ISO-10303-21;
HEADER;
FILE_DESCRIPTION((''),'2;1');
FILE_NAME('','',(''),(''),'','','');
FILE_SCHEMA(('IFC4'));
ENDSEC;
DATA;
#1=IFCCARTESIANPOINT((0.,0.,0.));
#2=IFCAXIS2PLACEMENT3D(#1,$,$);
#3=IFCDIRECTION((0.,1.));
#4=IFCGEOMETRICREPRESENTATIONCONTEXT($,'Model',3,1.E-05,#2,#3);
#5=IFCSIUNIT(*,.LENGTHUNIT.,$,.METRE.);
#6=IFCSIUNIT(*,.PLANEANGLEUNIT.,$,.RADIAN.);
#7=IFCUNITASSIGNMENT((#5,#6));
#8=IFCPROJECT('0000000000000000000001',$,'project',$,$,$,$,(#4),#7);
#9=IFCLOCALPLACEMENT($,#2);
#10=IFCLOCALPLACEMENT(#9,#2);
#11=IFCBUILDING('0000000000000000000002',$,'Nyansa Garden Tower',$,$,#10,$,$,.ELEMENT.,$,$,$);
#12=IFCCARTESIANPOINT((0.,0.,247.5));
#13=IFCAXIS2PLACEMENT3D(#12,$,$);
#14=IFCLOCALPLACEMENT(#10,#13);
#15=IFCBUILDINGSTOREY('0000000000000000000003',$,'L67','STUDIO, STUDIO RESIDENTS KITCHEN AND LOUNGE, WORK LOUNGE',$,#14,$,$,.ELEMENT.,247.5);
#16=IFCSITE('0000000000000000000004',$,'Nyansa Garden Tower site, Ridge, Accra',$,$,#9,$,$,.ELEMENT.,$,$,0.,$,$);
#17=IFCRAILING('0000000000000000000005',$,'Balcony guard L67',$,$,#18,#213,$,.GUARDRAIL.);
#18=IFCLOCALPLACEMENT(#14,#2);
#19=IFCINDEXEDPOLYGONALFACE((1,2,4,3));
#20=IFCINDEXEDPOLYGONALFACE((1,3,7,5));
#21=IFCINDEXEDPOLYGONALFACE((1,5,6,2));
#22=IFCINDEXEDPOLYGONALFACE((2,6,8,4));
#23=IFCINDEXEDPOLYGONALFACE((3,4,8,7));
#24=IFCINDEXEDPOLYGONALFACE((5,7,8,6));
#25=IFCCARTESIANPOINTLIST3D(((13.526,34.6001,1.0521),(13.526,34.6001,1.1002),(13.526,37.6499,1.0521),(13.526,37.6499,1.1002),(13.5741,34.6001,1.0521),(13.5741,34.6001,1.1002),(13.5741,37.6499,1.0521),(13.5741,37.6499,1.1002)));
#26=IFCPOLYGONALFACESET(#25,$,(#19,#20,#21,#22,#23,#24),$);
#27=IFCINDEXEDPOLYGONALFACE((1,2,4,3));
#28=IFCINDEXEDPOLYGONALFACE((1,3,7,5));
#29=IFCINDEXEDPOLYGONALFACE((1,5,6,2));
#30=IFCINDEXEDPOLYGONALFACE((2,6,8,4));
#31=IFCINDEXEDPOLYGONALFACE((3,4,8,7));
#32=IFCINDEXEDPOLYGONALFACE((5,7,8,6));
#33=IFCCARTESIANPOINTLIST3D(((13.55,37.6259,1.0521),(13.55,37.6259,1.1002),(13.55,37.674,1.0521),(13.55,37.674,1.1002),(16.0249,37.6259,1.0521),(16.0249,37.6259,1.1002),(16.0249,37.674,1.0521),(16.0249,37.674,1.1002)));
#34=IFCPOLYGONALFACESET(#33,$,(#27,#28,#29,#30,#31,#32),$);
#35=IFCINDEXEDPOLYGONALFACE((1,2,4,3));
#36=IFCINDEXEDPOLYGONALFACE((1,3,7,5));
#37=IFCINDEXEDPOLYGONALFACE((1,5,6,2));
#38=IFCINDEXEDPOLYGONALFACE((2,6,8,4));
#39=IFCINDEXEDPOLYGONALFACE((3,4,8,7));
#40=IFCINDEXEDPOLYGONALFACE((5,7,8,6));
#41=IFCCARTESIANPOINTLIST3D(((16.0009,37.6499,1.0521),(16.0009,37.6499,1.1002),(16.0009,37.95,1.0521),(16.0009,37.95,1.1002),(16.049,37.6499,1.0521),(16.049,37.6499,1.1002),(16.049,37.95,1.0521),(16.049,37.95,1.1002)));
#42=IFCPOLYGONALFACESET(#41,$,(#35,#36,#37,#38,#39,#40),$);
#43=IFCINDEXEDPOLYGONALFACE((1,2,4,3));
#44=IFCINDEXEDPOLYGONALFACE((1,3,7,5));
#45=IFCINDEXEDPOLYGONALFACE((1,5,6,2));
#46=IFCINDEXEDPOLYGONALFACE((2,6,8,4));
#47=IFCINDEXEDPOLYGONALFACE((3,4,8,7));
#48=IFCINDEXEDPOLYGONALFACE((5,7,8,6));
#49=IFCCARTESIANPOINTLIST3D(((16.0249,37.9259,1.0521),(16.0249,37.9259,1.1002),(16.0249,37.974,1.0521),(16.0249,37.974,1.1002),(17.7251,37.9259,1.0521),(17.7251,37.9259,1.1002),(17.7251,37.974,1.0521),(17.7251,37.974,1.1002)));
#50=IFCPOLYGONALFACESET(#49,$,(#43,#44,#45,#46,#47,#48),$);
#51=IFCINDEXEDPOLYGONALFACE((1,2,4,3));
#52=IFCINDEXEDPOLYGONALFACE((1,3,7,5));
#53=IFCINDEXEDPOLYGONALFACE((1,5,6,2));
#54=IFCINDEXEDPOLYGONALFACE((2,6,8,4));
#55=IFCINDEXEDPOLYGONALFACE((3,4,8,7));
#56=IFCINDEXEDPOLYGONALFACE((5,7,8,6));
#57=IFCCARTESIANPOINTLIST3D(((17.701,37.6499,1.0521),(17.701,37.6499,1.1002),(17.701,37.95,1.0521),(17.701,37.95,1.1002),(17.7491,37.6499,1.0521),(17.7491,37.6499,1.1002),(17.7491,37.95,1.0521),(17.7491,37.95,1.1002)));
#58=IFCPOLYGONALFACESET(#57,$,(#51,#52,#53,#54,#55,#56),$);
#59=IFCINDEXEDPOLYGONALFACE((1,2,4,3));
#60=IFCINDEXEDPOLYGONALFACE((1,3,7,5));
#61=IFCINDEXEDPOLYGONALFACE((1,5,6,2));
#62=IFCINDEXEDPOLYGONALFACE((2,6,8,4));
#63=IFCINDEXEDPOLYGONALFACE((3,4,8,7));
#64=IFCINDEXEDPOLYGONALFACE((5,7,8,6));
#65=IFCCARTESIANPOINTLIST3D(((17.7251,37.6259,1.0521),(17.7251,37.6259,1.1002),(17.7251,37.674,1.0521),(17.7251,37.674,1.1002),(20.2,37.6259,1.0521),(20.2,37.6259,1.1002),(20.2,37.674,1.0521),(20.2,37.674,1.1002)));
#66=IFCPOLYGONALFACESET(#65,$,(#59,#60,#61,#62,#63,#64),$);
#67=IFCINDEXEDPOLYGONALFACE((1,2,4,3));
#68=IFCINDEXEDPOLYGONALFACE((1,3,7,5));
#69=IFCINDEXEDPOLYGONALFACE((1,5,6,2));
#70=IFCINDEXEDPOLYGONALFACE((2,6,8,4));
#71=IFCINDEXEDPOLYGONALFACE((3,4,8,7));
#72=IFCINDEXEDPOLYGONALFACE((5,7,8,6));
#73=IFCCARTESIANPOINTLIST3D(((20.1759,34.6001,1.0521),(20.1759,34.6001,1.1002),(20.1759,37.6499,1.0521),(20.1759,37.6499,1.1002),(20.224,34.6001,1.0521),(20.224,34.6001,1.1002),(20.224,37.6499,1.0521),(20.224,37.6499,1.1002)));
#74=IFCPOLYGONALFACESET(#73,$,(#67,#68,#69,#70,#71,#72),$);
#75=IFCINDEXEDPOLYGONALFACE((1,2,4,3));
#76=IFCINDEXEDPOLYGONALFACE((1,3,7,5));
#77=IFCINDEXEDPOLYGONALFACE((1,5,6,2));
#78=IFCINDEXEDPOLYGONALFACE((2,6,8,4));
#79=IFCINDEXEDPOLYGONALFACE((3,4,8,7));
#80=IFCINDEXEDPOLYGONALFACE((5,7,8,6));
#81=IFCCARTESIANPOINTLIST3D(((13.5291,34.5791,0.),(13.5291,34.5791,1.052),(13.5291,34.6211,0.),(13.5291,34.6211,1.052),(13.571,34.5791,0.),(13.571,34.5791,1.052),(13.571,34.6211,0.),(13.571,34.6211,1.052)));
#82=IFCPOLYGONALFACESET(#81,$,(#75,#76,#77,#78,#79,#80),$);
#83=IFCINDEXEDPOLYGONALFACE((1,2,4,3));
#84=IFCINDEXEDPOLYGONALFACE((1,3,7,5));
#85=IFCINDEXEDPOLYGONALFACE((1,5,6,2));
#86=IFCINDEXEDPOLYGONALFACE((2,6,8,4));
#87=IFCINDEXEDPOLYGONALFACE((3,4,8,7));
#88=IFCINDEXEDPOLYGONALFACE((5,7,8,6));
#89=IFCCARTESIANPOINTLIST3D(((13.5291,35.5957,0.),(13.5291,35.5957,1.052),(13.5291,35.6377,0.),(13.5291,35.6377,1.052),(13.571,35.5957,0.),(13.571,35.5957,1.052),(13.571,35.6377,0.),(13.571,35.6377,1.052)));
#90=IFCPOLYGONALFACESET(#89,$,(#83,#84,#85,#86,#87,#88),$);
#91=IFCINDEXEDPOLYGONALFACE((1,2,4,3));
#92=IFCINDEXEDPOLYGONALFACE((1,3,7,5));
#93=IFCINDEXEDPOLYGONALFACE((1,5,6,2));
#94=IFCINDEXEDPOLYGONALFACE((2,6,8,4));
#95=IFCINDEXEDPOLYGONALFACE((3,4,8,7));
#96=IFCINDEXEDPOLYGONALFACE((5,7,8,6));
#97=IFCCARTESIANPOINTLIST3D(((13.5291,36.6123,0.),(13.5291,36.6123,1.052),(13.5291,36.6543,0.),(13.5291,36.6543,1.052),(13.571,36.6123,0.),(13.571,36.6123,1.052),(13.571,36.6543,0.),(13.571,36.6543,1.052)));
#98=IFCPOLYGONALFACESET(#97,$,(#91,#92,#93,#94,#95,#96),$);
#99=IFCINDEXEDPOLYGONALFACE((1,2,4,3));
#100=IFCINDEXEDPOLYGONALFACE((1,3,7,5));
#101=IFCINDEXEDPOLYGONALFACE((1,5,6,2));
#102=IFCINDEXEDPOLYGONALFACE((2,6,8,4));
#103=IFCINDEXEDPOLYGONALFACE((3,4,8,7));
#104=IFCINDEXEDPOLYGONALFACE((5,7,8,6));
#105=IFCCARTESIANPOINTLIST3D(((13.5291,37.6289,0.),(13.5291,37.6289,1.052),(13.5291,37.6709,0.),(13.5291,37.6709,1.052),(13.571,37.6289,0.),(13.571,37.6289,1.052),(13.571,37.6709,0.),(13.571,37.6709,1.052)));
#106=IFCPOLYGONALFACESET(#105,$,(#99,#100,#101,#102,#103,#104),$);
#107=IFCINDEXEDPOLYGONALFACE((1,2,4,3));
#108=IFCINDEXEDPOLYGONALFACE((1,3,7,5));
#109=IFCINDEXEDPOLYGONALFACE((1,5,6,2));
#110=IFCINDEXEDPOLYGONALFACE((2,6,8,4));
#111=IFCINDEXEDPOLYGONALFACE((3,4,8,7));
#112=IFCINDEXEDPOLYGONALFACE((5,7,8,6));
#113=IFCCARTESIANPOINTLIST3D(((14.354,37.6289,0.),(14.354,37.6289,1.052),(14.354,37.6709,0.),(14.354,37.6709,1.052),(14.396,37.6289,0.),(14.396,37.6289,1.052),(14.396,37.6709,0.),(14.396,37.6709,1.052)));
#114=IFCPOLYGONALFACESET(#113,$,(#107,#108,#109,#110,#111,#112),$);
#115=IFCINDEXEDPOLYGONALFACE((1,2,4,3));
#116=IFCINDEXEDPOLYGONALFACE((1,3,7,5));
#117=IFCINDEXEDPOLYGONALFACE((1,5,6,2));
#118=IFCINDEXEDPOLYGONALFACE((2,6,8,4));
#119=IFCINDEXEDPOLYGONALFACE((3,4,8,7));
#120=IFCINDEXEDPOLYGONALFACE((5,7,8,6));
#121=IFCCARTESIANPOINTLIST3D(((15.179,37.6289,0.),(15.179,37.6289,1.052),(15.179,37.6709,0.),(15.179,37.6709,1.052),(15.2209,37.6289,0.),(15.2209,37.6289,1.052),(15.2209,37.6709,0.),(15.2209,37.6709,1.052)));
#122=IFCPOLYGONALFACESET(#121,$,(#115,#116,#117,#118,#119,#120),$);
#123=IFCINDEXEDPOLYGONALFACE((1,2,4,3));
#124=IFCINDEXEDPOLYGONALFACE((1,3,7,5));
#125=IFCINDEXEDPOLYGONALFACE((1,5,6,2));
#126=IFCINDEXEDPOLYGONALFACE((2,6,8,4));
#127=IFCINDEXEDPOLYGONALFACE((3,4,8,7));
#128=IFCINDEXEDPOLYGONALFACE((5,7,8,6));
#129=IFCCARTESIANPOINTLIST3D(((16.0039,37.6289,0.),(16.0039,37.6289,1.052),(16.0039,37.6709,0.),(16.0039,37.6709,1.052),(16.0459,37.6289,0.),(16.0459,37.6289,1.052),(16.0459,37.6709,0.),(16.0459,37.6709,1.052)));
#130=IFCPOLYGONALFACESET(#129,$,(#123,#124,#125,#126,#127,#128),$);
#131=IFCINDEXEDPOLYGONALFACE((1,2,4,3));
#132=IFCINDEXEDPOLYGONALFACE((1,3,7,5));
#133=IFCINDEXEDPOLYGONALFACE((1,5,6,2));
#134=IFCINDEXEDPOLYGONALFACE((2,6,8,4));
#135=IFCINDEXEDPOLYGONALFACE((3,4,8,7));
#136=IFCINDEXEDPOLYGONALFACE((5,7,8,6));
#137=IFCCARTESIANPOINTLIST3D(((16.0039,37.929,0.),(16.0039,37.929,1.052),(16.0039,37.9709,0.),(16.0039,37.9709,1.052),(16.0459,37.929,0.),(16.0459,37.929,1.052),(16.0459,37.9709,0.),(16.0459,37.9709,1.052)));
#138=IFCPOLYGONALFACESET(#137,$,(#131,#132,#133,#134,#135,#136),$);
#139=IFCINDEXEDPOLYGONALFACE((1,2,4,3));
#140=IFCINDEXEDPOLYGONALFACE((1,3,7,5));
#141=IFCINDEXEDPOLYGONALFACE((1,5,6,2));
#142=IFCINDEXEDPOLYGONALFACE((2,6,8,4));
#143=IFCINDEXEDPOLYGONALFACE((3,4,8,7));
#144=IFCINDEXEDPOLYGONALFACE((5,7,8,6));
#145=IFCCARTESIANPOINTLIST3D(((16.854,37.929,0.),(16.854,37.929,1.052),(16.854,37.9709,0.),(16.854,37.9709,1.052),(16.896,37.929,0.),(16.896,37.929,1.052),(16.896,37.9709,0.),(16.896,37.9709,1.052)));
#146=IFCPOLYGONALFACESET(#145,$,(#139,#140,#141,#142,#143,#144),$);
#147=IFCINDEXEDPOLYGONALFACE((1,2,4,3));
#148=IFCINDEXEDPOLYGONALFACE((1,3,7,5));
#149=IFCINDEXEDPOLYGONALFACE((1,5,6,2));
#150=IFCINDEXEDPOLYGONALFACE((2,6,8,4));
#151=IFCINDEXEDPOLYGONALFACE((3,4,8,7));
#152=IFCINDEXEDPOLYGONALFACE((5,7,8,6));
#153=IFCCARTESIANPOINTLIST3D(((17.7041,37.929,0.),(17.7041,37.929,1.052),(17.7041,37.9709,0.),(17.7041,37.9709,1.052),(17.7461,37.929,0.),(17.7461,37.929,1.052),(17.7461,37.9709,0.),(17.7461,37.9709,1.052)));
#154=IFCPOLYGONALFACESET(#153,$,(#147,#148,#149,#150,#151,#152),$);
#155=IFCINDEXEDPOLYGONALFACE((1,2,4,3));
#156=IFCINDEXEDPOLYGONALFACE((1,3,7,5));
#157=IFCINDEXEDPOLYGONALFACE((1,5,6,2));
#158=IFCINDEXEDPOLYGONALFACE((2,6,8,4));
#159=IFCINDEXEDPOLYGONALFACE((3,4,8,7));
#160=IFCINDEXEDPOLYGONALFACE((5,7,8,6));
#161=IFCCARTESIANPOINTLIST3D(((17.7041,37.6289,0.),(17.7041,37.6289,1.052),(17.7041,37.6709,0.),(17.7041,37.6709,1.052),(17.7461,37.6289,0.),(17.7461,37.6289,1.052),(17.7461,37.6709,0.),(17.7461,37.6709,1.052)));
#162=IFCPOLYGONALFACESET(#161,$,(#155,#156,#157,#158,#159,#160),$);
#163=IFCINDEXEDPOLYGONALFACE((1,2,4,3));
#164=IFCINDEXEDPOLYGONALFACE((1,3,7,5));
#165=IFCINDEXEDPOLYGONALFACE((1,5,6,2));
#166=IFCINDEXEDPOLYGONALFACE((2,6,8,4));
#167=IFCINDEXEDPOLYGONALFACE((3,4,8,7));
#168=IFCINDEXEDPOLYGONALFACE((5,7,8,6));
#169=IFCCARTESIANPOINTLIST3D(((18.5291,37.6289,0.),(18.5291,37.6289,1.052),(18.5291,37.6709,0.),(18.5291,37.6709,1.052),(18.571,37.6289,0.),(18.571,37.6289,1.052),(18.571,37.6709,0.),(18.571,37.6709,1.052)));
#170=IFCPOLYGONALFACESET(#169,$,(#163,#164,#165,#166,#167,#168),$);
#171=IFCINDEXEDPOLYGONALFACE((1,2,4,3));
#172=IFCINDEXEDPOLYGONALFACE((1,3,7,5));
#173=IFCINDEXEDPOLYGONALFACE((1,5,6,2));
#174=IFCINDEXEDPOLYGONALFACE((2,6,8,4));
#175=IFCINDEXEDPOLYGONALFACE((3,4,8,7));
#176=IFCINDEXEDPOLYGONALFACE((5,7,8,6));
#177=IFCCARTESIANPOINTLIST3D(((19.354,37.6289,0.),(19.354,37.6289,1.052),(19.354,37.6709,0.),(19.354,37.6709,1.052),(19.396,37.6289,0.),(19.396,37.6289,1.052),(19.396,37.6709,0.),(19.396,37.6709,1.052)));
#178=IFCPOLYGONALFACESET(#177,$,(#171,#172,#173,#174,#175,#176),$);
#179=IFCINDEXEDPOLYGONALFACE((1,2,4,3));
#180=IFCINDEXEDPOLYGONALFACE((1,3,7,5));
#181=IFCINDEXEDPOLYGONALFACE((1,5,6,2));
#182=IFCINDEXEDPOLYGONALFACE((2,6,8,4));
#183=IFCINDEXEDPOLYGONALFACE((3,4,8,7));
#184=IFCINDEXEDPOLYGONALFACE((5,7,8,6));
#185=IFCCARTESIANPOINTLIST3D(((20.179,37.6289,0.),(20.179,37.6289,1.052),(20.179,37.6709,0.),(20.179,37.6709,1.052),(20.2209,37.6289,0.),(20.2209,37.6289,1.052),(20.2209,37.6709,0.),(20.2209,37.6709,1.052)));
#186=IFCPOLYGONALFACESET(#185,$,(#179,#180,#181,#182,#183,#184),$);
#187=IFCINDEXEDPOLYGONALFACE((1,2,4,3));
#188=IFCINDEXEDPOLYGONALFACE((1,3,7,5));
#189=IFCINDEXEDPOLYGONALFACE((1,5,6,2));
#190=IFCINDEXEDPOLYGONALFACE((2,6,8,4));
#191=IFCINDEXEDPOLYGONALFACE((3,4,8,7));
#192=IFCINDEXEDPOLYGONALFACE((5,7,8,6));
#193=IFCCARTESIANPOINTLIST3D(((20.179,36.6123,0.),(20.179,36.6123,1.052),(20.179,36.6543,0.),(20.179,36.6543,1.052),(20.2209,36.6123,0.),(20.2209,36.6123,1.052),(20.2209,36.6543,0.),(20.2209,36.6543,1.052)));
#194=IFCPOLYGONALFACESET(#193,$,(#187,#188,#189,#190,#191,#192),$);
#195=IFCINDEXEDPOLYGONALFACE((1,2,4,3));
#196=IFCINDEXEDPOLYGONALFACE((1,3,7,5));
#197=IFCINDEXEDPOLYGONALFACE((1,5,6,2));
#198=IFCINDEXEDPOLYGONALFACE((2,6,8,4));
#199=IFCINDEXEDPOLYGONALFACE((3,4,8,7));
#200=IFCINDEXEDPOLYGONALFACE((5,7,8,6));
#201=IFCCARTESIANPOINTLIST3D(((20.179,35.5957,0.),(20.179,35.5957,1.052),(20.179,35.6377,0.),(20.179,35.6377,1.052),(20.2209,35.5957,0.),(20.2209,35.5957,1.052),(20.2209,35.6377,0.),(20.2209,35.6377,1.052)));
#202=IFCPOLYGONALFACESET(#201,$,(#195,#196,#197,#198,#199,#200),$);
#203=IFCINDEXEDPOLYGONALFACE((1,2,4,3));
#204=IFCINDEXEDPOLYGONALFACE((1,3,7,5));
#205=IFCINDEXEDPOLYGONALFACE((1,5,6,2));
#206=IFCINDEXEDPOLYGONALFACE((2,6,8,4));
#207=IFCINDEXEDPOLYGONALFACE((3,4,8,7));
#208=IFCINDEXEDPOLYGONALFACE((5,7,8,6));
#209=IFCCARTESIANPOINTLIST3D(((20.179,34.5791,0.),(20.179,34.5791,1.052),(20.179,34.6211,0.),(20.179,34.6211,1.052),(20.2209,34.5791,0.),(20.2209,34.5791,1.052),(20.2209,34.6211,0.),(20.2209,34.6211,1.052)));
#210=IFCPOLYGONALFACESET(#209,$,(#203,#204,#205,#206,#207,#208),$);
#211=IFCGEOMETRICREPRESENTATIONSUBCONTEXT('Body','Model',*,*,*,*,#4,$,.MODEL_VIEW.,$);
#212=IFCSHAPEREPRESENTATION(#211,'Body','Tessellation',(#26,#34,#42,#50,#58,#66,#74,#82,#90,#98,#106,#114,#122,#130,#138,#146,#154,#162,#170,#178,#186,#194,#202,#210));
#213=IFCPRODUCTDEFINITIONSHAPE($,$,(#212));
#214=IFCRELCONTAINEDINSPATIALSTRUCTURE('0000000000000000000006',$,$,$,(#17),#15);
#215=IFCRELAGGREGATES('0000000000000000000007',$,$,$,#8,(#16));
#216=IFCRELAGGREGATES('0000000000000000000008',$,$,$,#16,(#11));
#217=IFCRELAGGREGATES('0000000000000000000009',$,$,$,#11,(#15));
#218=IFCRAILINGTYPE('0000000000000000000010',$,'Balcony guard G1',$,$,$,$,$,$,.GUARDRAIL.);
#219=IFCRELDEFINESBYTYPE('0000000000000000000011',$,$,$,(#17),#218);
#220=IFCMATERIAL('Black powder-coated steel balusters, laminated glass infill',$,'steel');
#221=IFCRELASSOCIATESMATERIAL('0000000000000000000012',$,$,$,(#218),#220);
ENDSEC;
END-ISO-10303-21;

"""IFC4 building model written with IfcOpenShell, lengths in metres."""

from ifc_helpers import new_model, si_unit, direction, frame, origin, origin_2d, place, context, subcontext, project, spatial, rectangle, extrude, material, type_object, element, save


model = new_model("IFC4")

# Units and contexts
model_context = context("Model", 3, precision=1e-05, world=origin(), true_north=direction((0.0, 1.0)))
body_context = subcontext(model_context, "Body", "Model", "MODEL_VIEW")
ifc_project = project(units=[si_unit("LENGTHUNIT", "METRE"), si_unit("PLANEANGLEUNIT", "RADIAN")], contexts=[model_context])

# Site, building, storey
site_placement = place(None, origin())
site = spatial("IfcSite", under=ifc_project, at=site_placement, Name="Nyansa Garden Tower site, Ridge, Accra", CompositionType="ELEMENT", RefElevation=0.0)
building_placement = place(site_placement, origin())
building = spatial("IfcBuilding", under=site, at=building_placement, Name="Nyansa Garden Tower", CompositionType="ELEMENT")
storey_placement = place(building_placement, frame((0.0, 0.0, 247.5)))
storey = spatial("IfcBuildingStorey", under=building, at=storey_placement, Name="L67", Description="STUDIO, STUDIO RESIDENTS KITCHEN AND LOUNGE, WORK LOUNGE", CompositionType="ELEMENT", Elevation=247.5)

# Railing
ifc_material_1 = material(Name="Black powder-coated steel balusters, laminated glass infill", Category="steel")
railing_type = type_object("IfcRailingType", Name="Balcony guard G1", PredefinedType="GUARDRAIL", material=ifc_material_1)
railing_placement = place(storey_placement, frame((13.55, 34.6001, 0.0)))
element("IfcRailing", 1, at=railing_placement, inside=storey, type_object=railing_type, Name="Balcony guard L67", PredefinedType="GUARDRAIL", context=body_context, shape_type="SweptSolid", body=[
    extrude(rectangle(XDim=0.0481, YDim=0.0481, at=origin_2d()), frame((0.0, 0.0, 1.0762), z_axis=(0.0, 1.0, 0.0), x_axis=(-1.0, 0.0, 0.0)), (0.0, 0.0, 1.0), 3.0498),
    extrude(rectangle(XDim=0.0481, YDim=0.0481, at=origin_2d()), frame((0.0, 3.0498, 1.0762), z_axis=(1.0, 0.0, 0.0), x_axis=(0.0, 1.0, 0.0)), (0.0, 0.0, 1.0), 2.4749),
    extrude(rectangle(XDim=0.0481, YDim=0.0481, at=origin_2d()), frame((2.4749, 3.0498, 1.0762), z_axis=(0.0, 1.0, 0.0), x_axis=(-1.0, 0.0, 0.0)), (0.0, 0.0, 1.0), 0.3),
    extrude(rectangle(XDim=0.0481, YDim=0.0481, at=origin_2d()), frame((2.4749, 3.3499, 1.0762), z_axis=(1.0, 0.0, 0.0), x_axis=(0.0, 1.0, 0.0)), (0.0, 0.0, 1.0), 1.7002),
    extrude(rectangle(XDim=0.0481, YDim=0.0481, at=origin_2d()), frame((4.175, 3.3499, 1.0762), z_axis=(0.0, -1.0, 0.0), x_axis=(1.0, 0.0, 0.0)), (0.0, 0.0, 1.0), 0.3),
    extrude(rectangle(XDim=0.0481, YDim=0.0481, at=origin_2d()), frame((4.175, 3.0498, 1.0762), z_axis=(1.0, 0.0, 0.0), x_axis=(0.0, 1.0, 0.0)), (0.0, 0.0, 1.0), 2.4749),
    extrude(rectangle(XDim=0.0481, YDim=0.0481, at=origin_2d()), frame((6.6499, 3.0498, 1.0762), z_axis=(0.0, -1.0, 0.0), x_axis=(1.0, 0.0, 0.0)), (0.0, 0.0, 1.0), 3.0498),
    extrude(rectangle(XDim=0.042, YDim=0.042, at=origin_2d()), origin(), (0.0, 0.0, 1.0), 1.052),
    extrude(rectangle(XDim=0.042, YDim=0.042, at=origin_2d()), frame((0.0, 1.0166, 0.0)), (0.0, 0.0, 1.0), 1.052),
    extrude(rectangle(XDim=0.042, YDim=0.042, at=origin_2d()), frame((0.0, 2.0332, 0.0)), (0.0, 0.0, 1.0), 1.052),
    extrude(rectangle(XDim=0.042, YDim=0.042, at=origin_2d()), frame((0.0, 3.0498, 0.0)), (0.0, 0.0, 1.0), 1.052),
    extrude(rectangle(XDim=0.042, YDim=0.042, at=origin_2d()), frame((0.825, 3.0498, 0.0)), (0.0, 0.0, 1.0), 1.052),
    extrude(rectangle(XDim=0.042, YDim=0.042, at=origin_2d()), frame((1.6499, 3.0498, 0.0)), (0.0, 0.0, 1.0), 1.052),
    extrude(rectangle(XDim=0.042, YDim=0.042, at=origin_2d()), frame((2.4749, 3.0498, 0.0)), (0.0, 0.0, 1.0), 1.052),
    extrude(rectangle(XDim=0.042, YDim=0.042, at=origin_2d()), frame((2.4749, 3.3499, 0.0)), (0.0, 0.0, 1.0), 1.052),
    extrude(rectangle(XDim=0.042, YDim=0.042, at=origin_2d()), frame((3.325, 3.3499, 0.0)), (0.0, 0.0, 1.0), 1.052),
    extrude(rectangle(XDim=0.042, YDim=0.042, at=origin_2d()), frame((4.175, 3.3499, 0.0)), (0.0, 0.0, 1.0), 1.052),
    extrude(rectangle(XDim=0.042, YDim=0.042, at=origin_2d()), frame((4.175, 3.0498, 0.0)), (0.0, 0.0, 1.0), 1.052),
    extrude(rectangle(XDim=0.042, YDim=0.042, at=origin_2d()), frame((5.0, 3.0498, 0.0)), (0.0, 0.0, 1.0), 1.052),
    extrude(rectangle(XDim=0.042, YDim=0.042, at=origin_2d()), frame((5.825, 3.0498, 0.0)), (0.0, 0.0, 1.0), 1.052),
    extrude(rectangle(XDim=0.042, YDim=0.042, at=origin_2d()), frame((6.6499, 3.0498, 0.0)), (0.0, 0.0, 1.0), 1.052),
    extrude(rectangle(XDim=0.042, YDim=0.042, at=origin_2d()), frame((6.6499, 2.0332, 0.0)), (0.0, 0.0, 1.0), 1.052),
    extrude(rectangle(XDim=0.042, YDim=0.042, at=origin_2d()), frame((6.6499, 1.0166, 0.0)), (0.0, 0.0, 1.0), 1.052),
    extrude(rectangle(XDim=0.042, YDim=0.042, at=origin_2d()), frame((6.6499, 0.0, 0.0)), (0.0, 0.0, 1.0), 1.052),
])

save(model, "model.ifc")
